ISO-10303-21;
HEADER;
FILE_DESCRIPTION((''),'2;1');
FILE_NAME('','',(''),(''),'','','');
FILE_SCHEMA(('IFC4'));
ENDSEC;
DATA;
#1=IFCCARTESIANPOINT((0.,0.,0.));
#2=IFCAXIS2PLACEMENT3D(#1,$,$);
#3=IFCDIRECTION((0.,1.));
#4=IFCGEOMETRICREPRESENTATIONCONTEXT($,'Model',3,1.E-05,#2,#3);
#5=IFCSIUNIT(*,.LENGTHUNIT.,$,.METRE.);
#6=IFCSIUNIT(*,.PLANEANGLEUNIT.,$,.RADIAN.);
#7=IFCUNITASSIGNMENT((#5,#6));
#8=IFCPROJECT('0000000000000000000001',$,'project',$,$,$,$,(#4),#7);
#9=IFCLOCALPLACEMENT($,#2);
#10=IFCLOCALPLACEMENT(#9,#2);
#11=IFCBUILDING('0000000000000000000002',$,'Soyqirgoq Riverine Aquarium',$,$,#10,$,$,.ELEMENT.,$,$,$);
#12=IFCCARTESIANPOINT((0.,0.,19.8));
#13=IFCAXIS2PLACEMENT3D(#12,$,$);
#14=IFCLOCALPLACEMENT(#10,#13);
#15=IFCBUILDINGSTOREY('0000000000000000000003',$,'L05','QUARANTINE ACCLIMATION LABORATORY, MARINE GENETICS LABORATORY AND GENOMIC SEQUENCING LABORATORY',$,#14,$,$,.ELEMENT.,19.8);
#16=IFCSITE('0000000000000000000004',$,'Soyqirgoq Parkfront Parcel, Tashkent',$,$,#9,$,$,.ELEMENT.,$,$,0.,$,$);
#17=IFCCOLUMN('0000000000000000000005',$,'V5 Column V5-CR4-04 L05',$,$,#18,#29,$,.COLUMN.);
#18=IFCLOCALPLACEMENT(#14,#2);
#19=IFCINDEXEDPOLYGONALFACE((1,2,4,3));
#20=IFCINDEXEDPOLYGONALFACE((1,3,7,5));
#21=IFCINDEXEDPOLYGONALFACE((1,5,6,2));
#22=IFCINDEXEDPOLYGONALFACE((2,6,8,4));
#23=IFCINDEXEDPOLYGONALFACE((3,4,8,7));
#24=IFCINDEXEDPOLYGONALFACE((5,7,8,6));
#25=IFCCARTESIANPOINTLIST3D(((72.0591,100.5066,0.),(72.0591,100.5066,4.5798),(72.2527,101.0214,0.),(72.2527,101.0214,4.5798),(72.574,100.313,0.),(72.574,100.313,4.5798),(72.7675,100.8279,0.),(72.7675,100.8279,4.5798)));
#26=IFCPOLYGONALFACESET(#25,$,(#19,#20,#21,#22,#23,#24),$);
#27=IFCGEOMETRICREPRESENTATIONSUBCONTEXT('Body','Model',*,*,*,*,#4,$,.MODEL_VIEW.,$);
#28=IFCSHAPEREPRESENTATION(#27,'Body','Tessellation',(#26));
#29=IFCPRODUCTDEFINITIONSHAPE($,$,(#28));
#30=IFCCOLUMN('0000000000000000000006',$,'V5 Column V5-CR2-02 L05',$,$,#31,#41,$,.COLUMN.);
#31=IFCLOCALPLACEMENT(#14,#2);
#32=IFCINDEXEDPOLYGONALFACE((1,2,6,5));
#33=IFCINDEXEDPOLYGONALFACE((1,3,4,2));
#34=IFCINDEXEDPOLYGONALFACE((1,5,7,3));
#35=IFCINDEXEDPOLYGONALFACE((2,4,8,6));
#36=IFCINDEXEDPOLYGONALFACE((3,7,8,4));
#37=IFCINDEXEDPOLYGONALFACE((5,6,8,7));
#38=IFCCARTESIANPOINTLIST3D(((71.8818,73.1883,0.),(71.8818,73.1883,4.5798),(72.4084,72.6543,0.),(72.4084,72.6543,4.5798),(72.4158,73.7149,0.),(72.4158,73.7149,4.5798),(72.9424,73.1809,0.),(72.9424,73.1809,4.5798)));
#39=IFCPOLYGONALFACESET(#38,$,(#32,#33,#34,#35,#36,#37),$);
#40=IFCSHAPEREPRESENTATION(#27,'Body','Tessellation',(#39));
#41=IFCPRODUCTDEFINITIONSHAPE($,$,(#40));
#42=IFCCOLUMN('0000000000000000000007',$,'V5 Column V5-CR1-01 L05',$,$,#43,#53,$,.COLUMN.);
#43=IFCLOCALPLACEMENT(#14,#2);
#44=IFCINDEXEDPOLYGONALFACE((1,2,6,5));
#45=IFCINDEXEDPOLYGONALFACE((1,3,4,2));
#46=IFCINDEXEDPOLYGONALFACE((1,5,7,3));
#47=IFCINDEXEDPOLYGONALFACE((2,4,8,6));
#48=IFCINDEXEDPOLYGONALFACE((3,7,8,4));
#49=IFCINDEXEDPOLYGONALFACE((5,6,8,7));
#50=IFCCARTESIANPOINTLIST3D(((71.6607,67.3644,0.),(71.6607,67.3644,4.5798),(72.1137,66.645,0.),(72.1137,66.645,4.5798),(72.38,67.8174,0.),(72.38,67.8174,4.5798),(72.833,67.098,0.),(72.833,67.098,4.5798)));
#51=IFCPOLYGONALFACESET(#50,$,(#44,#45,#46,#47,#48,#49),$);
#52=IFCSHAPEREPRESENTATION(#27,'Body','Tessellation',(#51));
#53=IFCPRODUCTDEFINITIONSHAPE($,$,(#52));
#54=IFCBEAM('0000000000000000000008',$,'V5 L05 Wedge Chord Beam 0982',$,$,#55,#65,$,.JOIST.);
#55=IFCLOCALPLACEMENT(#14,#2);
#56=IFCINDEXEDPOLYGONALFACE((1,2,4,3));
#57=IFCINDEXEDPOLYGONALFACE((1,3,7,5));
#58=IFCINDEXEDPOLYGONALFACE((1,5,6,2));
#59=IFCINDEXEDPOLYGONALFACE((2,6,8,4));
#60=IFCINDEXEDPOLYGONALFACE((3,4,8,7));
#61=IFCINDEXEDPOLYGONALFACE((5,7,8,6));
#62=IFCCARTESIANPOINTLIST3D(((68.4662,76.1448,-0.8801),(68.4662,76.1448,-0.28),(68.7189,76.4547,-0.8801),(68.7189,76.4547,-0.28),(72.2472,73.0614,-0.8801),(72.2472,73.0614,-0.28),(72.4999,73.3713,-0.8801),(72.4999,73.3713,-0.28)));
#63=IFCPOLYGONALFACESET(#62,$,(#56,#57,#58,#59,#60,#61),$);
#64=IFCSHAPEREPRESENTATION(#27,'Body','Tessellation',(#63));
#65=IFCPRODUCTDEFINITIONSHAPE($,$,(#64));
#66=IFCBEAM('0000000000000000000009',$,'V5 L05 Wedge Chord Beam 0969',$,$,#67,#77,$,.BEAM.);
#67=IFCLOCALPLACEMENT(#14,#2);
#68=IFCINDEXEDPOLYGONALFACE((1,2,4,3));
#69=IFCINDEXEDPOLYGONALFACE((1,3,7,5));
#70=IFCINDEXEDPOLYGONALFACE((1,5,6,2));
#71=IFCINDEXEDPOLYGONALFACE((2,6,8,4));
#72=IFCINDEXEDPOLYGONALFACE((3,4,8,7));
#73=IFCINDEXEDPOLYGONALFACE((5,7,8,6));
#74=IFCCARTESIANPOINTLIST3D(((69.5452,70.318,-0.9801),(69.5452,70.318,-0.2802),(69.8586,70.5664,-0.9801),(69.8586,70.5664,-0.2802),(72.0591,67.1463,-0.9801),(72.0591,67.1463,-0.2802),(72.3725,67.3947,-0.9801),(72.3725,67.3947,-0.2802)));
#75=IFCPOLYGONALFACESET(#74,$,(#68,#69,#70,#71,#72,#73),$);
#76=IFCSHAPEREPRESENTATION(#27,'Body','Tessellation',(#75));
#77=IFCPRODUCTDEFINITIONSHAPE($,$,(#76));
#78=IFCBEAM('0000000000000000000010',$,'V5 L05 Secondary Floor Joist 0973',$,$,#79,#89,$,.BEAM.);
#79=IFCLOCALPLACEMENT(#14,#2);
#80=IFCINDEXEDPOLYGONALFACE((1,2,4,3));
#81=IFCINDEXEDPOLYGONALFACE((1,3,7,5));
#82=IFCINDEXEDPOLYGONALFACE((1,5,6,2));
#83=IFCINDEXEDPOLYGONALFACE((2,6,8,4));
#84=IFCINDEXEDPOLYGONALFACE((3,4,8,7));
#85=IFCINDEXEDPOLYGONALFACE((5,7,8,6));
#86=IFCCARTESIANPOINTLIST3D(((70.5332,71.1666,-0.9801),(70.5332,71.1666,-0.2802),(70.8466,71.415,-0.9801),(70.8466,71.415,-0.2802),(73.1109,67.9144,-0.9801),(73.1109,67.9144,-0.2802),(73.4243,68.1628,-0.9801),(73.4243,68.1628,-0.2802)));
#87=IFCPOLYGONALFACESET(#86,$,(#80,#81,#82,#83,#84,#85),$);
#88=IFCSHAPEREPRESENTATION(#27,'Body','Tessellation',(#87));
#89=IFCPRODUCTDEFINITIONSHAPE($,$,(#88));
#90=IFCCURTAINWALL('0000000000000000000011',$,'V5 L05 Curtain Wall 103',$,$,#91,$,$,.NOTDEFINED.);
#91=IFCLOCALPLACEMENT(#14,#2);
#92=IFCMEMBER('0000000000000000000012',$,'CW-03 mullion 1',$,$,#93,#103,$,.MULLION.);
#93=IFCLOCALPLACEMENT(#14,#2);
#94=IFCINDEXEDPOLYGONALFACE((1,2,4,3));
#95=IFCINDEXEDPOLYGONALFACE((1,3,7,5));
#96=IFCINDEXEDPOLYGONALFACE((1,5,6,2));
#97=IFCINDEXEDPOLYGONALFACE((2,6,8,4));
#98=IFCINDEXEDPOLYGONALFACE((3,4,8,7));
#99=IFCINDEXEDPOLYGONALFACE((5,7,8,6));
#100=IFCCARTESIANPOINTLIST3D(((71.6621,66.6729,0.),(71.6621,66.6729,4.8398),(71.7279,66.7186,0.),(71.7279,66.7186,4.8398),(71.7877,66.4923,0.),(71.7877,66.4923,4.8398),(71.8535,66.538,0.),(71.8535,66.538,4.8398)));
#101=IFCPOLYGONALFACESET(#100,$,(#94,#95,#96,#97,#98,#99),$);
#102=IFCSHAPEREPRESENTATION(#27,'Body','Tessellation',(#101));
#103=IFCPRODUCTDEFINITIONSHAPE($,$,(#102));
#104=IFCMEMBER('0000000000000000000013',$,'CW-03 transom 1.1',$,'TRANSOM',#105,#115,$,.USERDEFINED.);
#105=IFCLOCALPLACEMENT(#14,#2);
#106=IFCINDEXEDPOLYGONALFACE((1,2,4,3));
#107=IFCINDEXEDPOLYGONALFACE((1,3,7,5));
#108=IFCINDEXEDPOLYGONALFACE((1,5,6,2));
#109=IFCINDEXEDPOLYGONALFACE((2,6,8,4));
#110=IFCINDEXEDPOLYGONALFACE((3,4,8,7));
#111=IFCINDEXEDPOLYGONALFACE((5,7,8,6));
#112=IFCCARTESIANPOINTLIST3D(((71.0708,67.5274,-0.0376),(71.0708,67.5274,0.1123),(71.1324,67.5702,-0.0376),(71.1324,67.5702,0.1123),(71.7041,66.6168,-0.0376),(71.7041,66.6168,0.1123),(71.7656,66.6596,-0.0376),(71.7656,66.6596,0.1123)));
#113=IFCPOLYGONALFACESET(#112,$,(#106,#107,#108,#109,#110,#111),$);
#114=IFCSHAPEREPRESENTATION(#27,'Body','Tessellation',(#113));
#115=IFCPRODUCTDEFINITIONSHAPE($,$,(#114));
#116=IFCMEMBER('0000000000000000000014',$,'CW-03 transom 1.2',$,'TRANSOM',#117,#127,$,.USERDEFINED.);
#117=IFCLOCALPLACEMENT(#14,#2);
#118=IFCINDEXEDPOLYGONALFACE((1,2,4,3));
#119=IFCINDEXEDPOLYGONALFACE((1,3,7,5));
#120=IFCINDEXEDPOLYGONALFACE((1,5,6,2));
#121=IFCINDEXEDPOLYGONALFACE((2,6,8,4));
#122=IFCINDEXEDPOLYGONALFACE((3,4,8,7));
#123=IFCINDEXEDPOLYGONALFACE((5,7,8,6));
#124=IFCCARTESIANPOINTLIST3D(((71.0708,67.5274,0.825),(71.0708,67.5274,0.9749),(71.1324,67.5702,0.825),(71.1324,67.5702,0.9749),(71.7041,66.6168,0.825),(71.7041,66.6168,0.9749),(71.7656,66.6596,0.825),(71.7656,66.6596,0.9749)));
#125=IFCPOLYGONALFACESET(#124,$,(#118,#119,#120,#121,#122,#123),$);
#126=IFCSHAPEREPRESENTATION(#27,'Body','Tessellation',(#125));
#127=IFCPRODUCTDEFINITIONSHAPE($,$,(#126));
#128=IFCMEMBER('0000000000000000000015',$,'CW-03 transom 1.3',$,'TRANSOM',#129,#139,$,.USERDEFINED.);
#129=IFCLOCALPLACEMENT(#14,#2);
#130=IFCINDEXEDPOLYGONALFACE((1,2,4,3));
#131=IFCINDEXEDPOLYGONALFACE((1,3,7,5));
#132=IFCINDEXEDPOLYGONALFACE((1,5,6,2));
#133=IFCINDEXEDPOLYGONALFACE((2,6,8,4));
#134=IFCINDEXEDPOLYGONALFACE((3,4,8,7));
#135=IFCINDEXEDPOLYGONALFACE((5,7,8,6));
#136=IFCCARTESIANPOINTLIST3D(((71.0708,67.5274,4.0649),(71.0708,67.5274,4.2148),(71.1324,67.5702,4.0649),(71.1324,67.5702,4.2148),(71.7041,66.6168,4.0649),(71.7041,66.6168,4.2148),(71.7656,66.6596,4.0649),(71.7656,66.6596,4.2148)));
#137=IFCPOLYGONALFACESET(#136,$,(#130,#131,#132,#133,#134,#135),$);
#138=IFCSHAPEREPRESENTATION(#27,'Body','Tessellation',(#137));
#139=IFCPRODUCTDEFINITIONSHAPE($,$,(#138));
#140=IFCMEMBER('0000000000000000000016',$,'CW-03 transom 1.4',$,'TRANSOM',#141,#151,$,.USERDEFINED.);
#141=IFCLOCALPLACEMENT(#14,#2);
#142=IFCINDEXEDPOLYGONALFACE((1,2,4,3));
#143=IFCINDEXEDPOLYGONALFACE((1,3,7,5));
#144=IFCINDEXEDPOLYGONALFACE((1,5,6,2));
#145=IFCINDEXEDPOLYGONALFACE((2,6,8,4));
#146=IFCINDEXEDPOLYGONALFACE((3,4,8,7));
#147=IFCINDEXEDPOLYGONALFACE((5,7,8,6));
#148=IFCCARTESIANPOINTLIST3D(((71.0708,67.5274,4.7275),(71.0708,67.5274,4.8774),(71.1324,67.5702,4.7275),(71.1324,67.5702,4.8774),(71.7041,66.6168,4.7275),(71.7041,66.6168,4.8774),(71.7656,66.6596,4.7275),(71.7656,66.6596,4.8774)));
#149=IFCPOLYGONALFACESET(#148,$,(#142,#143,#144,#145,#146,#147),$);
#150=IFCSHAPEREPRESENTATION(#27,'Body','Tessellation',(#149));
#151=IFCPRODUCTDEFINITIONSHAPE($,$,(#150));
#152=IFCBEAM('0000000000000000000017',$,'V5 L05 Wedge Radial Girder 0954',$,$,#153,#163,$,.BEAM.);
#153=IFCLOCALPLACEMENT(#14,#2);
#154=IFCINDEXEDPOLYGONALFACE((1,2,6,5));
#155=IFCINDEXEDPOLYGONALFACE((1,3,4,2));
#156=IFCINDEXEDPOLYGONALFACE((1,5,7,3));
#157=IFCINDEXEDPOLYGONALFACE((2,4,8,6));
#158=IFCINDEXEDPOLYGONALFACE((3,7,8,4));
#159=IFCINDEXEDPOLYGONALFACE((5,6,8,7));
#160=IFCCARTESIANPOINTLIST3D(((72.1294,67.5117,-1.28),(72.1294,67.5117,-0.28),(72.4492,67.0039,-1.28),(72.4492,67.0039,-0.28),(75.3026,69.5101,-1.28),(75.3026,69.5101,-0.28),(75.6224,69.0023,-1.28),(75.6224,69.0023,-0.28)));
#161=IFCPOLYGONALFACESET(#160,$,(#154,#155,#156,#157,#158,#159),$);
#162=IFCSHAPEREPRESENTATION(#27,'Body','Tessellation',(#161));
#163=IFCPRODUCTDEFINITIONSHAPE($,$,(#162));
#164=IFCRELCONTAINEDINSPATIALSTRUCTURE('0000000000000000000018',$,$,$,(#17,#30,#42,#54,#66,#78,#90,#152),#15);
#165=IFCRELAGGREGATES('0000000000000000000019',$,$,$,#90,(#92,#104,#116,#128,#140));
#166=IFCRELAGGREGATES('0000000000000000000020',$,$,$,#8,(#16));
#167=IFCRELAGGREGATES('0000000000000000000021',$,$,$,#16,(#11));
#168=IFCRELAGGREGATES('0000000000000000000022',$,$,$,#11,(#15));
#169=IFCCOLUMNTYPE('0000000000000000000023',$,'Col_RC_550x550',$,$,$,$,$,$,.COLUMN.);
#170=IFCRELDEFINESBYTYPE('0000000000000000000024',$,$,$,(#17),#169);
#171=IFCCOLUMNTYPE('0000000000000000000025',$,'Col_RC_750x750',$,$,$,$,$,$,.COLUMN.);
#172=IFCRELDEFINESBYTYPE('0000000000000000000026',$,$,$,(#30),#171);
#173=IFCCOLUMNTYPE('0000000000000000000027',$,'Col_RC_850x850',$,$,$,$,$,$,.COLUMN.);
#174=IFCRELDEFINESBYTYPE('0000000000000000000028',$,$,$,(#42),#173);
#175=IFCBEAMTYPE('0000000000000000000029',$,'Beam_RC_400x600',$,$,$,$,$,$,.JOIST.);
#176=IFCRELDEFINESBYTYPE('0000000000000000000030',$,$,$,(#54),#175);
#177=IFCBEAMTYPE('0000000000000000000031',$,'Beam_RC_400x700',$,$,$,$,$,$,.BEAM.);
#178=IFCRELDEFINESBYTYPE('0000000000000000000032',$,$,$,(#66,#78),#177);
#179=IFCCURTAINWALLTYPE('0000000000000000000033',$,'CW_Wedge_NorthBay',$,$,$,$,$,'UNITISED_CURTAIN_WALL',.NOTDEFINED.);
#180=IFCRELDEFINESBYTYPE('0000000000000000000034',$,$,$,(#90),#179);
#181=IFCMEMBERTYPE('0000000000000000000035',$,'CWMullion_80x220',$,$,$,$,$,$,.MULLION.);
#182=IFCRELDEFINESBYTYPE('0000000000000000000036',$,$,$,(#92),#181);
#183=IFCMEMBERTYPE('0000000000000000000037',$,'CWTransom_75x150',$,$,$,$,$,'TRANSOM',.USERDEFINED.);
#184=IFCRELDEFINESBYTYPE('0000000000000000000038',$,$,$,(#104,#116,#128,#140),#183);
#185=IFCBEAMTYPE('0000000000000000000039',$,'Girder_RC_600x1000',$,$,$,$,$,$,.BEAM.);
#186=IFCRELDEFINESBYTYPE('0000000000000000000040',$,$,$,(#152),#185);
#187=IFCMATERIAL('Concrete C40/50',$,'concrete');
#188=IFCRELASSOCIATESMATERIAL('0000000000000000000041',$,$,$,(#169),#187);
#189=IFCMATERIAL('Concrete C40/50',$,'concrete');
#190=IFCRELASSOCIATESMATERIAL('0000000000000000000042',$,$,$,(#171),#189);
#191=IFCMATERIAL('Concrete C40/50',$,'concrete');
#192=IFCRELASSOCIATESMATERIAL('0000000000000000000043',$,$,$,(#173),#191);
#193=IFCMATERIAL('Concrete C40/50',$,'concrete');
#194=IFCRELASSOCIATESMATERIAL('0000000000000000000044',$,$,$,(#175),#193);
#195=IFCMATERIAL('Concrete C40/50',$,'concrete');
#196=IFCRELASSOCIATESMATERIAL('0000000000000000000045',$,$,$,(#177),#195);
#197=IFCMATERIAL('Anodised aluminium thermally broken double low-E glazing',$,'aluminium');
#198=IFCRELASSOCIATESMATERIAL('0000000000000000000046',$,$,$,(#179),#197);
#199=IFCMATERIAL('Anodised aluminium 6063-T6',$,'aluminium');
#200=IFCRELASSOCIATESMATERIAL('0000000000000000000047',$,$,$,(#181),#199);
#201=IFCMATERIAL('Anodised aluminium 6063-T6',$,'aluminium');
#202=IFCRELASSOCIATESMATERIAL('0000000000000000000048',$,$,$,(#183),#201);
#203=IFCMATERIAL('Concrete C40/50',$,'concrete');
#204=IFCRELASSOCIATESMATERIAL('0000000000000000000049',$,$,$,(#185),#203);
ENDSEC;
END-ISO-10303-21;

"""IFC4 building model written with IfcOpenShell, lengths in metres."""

from ifc_helpers import new_model, si_unit, direction, frame, origin, origin_2d, place, context, subcontext, project, spatial, rectangle, extrude, material, material_profile, profile_set, type_object, element, aggregate, save


model = new_model("IFC4")

# Units and contexts
model_context = context("Model", 3, precision=1e-05, world=origin(), true_north=direction((0.0, 1.0)))
body_context = subcontext(model_context, "Body", "Model", "MODEL_VIEW")
ifc_project = project(units=[si_unit("LENGTHUNIT", "METRE"), si_unit("PLANEANGLEUNIT", "RADIAN")], contexts=[model_context])

# Site, building, storey
site_placement = place(None, origin())
site = spatial("IfcSite", under=ifc_project, at=site_placement, Name="Soyqirgoq Parkfront Parcel, Tashkent", CompositionType="ELEMENT", RefElevation=0.0)
building_placement = place(site_placement, origin())
building = spatial("IfcBuilding", under=site, at=building_placement, Name="Soyqirgoq Riverine Aquarium", CompositionType="ELEMENT")
storey_placement = place(building_placement, frame((0.0, 0.0, 19.8)))
storey = spatial("IfcBuildingStorey", under=building, at=storey_placement, Name="L05", Description="QUARANTINE ACCLIMATION LABORATORY, MARINE GENETICS LABORATORY AND GENOMIC SEQUENCING LABORATORY", CompositionType="ELEMENT", Elevation=19.8)

# Columns
ifc_material_1 = material(Name="Concrete C40/50", Category="concrete")
ifc_material_profile_1 = material_profile(ifc_material_1, rectangle(XDim=0.55, YDim=0.55, at=origin_2d()), Name="RC 550x550")
ifc_profile_set_1 = profile_set([ifc_material_profile_1], Name="Concrete C40/50")
column_type_1 = type_object("IfcColumnType", Name="Col_RC_550x550", PredefinedType="COLUMN", material=ifc_profile_set_1)
column_1_placement = place(storey_placement, frame((72.4133, 100.6672, 0.0), z_axis=(0.0, 0.0, 1.0), x_axis=(0.351842, 0.93606, 0.0)))
element("IfcColumn", 1, at=column_1_placement, inside=storey, type_object=column_type_1, Name="V5 Column V5-CR4-04 L05", PredefinedType="COLUMN", context=body_context, shape_type="SweptSolid", body=[
    extrude(rectangle(XDim=0.55, YDim=0.55, at=origin_2d()), origin(), (0.0, 0.0, 1.0), 4.5798),
])
ifc_material_2 = material(Name="Concrete C40/50", Category="concrete")
ifc_material_profile_2 = material_profile(ifc_material_2, rectangle(XDim=0.75, YDim=0.75, at=origin_2d()), Name="RC 750x750")
ifc_profile_set_2 = profile_set([ifc_material_profile_2], Name="Concrete C40/50")
column_type_2 = type_object("IfcColumnType", Name="Col_RC_750x750", PredefinedType="COLUMN", material=ifc_profile_set_2)
column_2_placement = place(storey_placement, frame((72.4121, 73.1846, 0.0), z_axis=(0.0, 0.0, 1.0), x_axis=(0.712026, 0.702153, 0.0)))
element("IfcColumn", 2, at=column_2_placement, inside=storey, type_object=column_type_2, Name="V5 Column V5-CR2-02 L05", PredefinedType="COLUMN", context=body_context, shape_type="SweptSolid", body=[
    extrude(rectangle(XDim=0.75, YDim=0.75, at=origin_2d()), origin(), (0.0, 0.0, 1.0), 4.5798),
])
ifc_material_3 = material(Name="Concrete C40/50", Category="concrete")
ifc_material_profile_3 = material_profile(ifc_material_3, rectangle(XDim=0.8501, YDim=0.8501, at=origin_2d()), Name="RC 850x850")
ifc_profile_set_3 = profile_set([ifc_material_profile_3], Name="Concrete C40/50")
column_type_3 = type_object("IfcColumnType", Name="Col_RC_850x850", PredefinedType="COLUMN", material=ifc_profile_set_3)
column_3_placement = place(storey_placement, frame((72.2468, 67.2312, 0.0), z_axis=(0.0, 0.0, 1.0), x_axis=(0.846193, 0.532876, 0.0)))
element("IfcColumn", 3, at=column_3_placement, inside=storey, type_object=column_type_3, Name="V5 Column V5-CR1-01 L05", PredefinedType="COLUMN", context=body_context, shape_type="SweptSolid", body=[
    extrude(rectangle(XDim=0.8501, YDim=0.8501, at=origin_2d()), origin(), (0.0, 0.0, 1.0), 4.5798),
])

# Beams
ifc_material_4 = material(Name="Concrete C40/50", Category="concrete")
ifc_material_profile_4 = material_profile(ifc_material_4, rectangle(XDim=0.3999, YDim=0.6001, at=origin_2d()), Name="RC 400x600")
ifc_profile_set_4 = profile_set([ifc_material_profile_4], Name="Concrete C40/50")
beam_type_1 = type_object("IfcBeamType", Name="Beam_RC_400x600", PredefinedType="JOIST", material=ifc_profile_set_4)
beam_1_placement = place(storey_placement, frame((72.3735, 73.2163, -0.5801), z_axis=(-0.774966, 0.632003, 0.0), x_axis=(-0.632003, -0.774966, 0.0)))
element("IfcBeam", 4, at=beam_1_placement, inside=storey, type_object=beam_type_1, Name="V5 L05 Wedge Chord Beam 0982", PredefinedType="JOIST", context=body_context, shape_type="SweptSolid", body=[
    extrude(rectangle(XDim=0.3999, YDim=0.6001, at=origin_2d()), origin(), (0.0, 0.0, 1.0), 4.8789),
])
ifc_material_5 = material(Name="Concrete C40/50", Category="concrete")
ifc_material_profile_5 = material_profile(ifc_material_5, rectangle(XDim=0.3999, YDim=0.7, at=origin_2d()), Name="RC 400x700")
ifc_profile_set_5 = profile_set([ifc_material_profile_5], Name="Concrete C40/50")
beam_type_2 = type_object("IfcBeamType", Name="Beam_RC_400x700", PredefinedType="BEAM", material=ifc_profile_set_5)
beam_2_placement = place(storey_placement, frame((72.2158, 67.2705, -0.6301), z_axis=(-0.621165, 0.78368, 0.0), x_axis=(-0.78368, -0.621165, 0.0)))
element("IfcBeam", 5, at=beam_2_placement, inside=storey, type_object=beam_type_2, Name="V5 L05 Wedge Chord Beam 0969", PredefinedType="BEAM", context=body_context, shape_type="SweptSolid", body=[
    extrude(rectangle(XDim=0.3999, YDim=0.7, at=origin_2d()), origin(), (0.0, 0.0, 1.0), 4.0471),
])
beam_3_placement = place(storey_placement, frame((73.2676, 68.0386, -0.6301), z_axis=(-0.621144, 0.783696, 0.0), x_axis=(-0.783696, -0.621144, 0.0)))
element("IfcBeam", 6, at=beam_3_placement, inside=storey, type_object=beam_type_2, Name="V5 L05 Secondary Floor Joist 0973", PredefinedType="BEAM", context=body_context, shape_type="SweptSolid", body=[
    extrude(rectangle(XDim=0.3999, YDim=0.7, at=origin_2d()), origin(), (0.0, 0.0, 1.0), 4.1499),
])

# Curtain wall, members
ifc_material_6 = material(Name="Anodised aluminium thermally broken double low-E glazing", Category="aluminium")
curtain_wall_type = type_object("IfcCurtainWallType", Name="CW_Wedge_NorthBay", ElementType="UNITISED_CURTAIN_WALL", PredefinedType="NOTDEFINED", material=ifc_material_6)
curtain_wall_placement = place(storey_placement, origin())
curtain_wall = element("IfcCurtainWall", 7, at=curtain_wall_placement, inside=storey, type_object=curtain_wall_type, Name="V5 L05 Curtain Wall 103", PredefinedType="NOTDEFINED")
ifc_material_7 = material(Name="Anodised aluminium 6063-T6", Category="aluminium")
ifc_material_profile_6 = material_profile(ifc_material_7, rectangle(XDim=0.0801, YDim=0.22, at=origin_2d()), Name="ALU-M 80x220")
ifc_profile_set_6 = profile_set([ifc_material_profile_6], Name="Anodised aluminium 6063-T6")
member_type_1 = type_object("IfcMemberType", Name="CWMullion_80x220", PredefinedType="MULLION", material=ifc_profile_set_6)
member_1_placement = place(storey_placement, frame((71.7578, 66.6055, 0.0), z_axis=(0.0, 0.0, 1.0), x_axis=(-0.820956, -0.570992, 0.0)))
member_1 = element("IfcMember", 8, at=member_1_placement, type_object=member_type_1, Name="CW-03 mullion 1", PredefinedType="MULLION", context=body_context, shape_type="SweptSolid", body=[
    extrude(rectangle(XDim=0.0801, YDim=0.22, at=origin_2d()), origin(), (0.0, 0.0, 1.0), 4.8398),
])
ifc_material_8 = material(Name="Anodised aluminium 6063-T6", Category="aluminium")
ifc_material_profile_7 = material_profile(ifc_material_8, rectangle(XDim=0.075, YDim=0.1499, at=origin_2d()), Name="ALU-T 75x150")
ifc_profile_set_7 = profile_set([ifc_material_profile_7], Name="Anodised aluminium 6063-T6")
member_type_2 = type_object("IfcMemberType", Name="CWTransom_75x150", ElementType="TRANSOM", PredefinedType="USERDEFINED", material=ifc_profile_set_7)
member_2_placement = place(storey_placement, frame((71.7349, 66.6382, 0.0374), z_axis=(-0.570948, 0.820986, 0.0), x_axis=(-0.820986, -0.570948, 0.0)))
member_2 = element("IfcMember", 9, at=member_2_placement, type_object=member_type_2, Name="CW-03 transom 1.1", ObjectType="TRANSOM", PredefinedType="USERDEFINED", context=body_context, shape_type="SweptSolid", body=[
    extrude(rectangle(XDim=0.075, YDim=0.1499, at=origin_2d()), origin(), (0.0, 0.0, 1.0), 1.1091),
])
member_3_placement = place(storey_placement, frame((71.7349, 66.6382, 0.8999), z_axis=(-0.570948, 0.820986, 0.0), x_axis=(-0.820986, -0.570948, 0.0)))
member_3 = element("IfcMember", 10, at=member_3_placement, type_object=member_type_2, Name="CW-03 transom 1.2", ObjectType="TRANSOM", PredefinedType="USERDEFINED", context=body_context, shape_type="SweptSolid", body=[
    extrude(rectangle(XDim=0.075, YDim=0.1499, at=origin_2d()), origin(), (0.0, 0.0, 1.0), 1.1091),
])
member_4_placement = place(storey_placement, frame((71.7349, 66.6382, 4.1399), z_axis=(-0.570948, 0.820986, 0.0), x_axis=(-0.820986, -0.570948, 0.0)))
member_4 = element("IfcMember", 11, at=member_4_placement, type_object=member_type_2, Name="CW-03 transom 1.3", ObjectType="TRANSOM", PredefinedType="USERDEFINED", context=body_context, shape_type="SweptSolid", body=[
    extrude(rectangle(XDim=0.075, YDim=0.1499, at=origin_2d()), origin(), (0.0, 0.0, 1.0), 1.1091),
])
member_5_placement = place(storey_placement, frame((71.7349, 66.6382, 4.8025), z_axis=(-0.570948, 0.820986, 0.0), x_axis=(-0.820986, -0.570948, 0.0)))
member_5 = element("IfcMember", 12, at=member_5_placement, type_object=member_type_2, Name="CW-03 transom 1.4", ObjectType="TRANSOM", PredefinedType="USERDEFINED", context=body_context, shape_type="SweptSolid", body=[
    extrude(rectangle(XDim=0.075, YDim=0.1499, at=origin_2d()), origin(), (0.0, 0.0, 1.0), 1.1091),
])
aggregate(curtain_wall, [member_1, member_2, member_3, member_4, member_5])

# Beam
ifc_material_9 = material(Name="Concrete C40/50", Category="concrete")
ifc_material_profile_8 = material_profile(ifc_material_9, rectangle(XDim=0.6001, YDim=1.0, at=origin_2d()), Name="RC 600x1000")
ifc_profile_set_8 = profile_set([ifc_material_profile_8], Name="Concrete C40/50")
beam_type_3 = type_object("IfcBeamType", Name="Girder_RC_600x1000", PredefinedType="BEAM", material=ifc_profile_set_8)
beam_4_placement = place(storey_placement, frame((72.2893, 67.2578, -0.78), z_axis=(0.846183, 0.532893, 0.0), x_axis=(-0.532893, 0.846183, 0.0)))
element("IfcBeam", 13, at=beam_4_placement, inside=storey, type_object=beam_type_3, Name="V5 L05 Wedge Radial Girder 0954", PredefinedType="BEAM", context=body_context, shape_type="SweptSolid", body=[
    extrude(rectangle(XDim=0.6001, YDim=1.0, at=origin_2d()), origin(), (0.0, 0.0, 1.0), 3.75),
])

save(model, "model.ifc")
